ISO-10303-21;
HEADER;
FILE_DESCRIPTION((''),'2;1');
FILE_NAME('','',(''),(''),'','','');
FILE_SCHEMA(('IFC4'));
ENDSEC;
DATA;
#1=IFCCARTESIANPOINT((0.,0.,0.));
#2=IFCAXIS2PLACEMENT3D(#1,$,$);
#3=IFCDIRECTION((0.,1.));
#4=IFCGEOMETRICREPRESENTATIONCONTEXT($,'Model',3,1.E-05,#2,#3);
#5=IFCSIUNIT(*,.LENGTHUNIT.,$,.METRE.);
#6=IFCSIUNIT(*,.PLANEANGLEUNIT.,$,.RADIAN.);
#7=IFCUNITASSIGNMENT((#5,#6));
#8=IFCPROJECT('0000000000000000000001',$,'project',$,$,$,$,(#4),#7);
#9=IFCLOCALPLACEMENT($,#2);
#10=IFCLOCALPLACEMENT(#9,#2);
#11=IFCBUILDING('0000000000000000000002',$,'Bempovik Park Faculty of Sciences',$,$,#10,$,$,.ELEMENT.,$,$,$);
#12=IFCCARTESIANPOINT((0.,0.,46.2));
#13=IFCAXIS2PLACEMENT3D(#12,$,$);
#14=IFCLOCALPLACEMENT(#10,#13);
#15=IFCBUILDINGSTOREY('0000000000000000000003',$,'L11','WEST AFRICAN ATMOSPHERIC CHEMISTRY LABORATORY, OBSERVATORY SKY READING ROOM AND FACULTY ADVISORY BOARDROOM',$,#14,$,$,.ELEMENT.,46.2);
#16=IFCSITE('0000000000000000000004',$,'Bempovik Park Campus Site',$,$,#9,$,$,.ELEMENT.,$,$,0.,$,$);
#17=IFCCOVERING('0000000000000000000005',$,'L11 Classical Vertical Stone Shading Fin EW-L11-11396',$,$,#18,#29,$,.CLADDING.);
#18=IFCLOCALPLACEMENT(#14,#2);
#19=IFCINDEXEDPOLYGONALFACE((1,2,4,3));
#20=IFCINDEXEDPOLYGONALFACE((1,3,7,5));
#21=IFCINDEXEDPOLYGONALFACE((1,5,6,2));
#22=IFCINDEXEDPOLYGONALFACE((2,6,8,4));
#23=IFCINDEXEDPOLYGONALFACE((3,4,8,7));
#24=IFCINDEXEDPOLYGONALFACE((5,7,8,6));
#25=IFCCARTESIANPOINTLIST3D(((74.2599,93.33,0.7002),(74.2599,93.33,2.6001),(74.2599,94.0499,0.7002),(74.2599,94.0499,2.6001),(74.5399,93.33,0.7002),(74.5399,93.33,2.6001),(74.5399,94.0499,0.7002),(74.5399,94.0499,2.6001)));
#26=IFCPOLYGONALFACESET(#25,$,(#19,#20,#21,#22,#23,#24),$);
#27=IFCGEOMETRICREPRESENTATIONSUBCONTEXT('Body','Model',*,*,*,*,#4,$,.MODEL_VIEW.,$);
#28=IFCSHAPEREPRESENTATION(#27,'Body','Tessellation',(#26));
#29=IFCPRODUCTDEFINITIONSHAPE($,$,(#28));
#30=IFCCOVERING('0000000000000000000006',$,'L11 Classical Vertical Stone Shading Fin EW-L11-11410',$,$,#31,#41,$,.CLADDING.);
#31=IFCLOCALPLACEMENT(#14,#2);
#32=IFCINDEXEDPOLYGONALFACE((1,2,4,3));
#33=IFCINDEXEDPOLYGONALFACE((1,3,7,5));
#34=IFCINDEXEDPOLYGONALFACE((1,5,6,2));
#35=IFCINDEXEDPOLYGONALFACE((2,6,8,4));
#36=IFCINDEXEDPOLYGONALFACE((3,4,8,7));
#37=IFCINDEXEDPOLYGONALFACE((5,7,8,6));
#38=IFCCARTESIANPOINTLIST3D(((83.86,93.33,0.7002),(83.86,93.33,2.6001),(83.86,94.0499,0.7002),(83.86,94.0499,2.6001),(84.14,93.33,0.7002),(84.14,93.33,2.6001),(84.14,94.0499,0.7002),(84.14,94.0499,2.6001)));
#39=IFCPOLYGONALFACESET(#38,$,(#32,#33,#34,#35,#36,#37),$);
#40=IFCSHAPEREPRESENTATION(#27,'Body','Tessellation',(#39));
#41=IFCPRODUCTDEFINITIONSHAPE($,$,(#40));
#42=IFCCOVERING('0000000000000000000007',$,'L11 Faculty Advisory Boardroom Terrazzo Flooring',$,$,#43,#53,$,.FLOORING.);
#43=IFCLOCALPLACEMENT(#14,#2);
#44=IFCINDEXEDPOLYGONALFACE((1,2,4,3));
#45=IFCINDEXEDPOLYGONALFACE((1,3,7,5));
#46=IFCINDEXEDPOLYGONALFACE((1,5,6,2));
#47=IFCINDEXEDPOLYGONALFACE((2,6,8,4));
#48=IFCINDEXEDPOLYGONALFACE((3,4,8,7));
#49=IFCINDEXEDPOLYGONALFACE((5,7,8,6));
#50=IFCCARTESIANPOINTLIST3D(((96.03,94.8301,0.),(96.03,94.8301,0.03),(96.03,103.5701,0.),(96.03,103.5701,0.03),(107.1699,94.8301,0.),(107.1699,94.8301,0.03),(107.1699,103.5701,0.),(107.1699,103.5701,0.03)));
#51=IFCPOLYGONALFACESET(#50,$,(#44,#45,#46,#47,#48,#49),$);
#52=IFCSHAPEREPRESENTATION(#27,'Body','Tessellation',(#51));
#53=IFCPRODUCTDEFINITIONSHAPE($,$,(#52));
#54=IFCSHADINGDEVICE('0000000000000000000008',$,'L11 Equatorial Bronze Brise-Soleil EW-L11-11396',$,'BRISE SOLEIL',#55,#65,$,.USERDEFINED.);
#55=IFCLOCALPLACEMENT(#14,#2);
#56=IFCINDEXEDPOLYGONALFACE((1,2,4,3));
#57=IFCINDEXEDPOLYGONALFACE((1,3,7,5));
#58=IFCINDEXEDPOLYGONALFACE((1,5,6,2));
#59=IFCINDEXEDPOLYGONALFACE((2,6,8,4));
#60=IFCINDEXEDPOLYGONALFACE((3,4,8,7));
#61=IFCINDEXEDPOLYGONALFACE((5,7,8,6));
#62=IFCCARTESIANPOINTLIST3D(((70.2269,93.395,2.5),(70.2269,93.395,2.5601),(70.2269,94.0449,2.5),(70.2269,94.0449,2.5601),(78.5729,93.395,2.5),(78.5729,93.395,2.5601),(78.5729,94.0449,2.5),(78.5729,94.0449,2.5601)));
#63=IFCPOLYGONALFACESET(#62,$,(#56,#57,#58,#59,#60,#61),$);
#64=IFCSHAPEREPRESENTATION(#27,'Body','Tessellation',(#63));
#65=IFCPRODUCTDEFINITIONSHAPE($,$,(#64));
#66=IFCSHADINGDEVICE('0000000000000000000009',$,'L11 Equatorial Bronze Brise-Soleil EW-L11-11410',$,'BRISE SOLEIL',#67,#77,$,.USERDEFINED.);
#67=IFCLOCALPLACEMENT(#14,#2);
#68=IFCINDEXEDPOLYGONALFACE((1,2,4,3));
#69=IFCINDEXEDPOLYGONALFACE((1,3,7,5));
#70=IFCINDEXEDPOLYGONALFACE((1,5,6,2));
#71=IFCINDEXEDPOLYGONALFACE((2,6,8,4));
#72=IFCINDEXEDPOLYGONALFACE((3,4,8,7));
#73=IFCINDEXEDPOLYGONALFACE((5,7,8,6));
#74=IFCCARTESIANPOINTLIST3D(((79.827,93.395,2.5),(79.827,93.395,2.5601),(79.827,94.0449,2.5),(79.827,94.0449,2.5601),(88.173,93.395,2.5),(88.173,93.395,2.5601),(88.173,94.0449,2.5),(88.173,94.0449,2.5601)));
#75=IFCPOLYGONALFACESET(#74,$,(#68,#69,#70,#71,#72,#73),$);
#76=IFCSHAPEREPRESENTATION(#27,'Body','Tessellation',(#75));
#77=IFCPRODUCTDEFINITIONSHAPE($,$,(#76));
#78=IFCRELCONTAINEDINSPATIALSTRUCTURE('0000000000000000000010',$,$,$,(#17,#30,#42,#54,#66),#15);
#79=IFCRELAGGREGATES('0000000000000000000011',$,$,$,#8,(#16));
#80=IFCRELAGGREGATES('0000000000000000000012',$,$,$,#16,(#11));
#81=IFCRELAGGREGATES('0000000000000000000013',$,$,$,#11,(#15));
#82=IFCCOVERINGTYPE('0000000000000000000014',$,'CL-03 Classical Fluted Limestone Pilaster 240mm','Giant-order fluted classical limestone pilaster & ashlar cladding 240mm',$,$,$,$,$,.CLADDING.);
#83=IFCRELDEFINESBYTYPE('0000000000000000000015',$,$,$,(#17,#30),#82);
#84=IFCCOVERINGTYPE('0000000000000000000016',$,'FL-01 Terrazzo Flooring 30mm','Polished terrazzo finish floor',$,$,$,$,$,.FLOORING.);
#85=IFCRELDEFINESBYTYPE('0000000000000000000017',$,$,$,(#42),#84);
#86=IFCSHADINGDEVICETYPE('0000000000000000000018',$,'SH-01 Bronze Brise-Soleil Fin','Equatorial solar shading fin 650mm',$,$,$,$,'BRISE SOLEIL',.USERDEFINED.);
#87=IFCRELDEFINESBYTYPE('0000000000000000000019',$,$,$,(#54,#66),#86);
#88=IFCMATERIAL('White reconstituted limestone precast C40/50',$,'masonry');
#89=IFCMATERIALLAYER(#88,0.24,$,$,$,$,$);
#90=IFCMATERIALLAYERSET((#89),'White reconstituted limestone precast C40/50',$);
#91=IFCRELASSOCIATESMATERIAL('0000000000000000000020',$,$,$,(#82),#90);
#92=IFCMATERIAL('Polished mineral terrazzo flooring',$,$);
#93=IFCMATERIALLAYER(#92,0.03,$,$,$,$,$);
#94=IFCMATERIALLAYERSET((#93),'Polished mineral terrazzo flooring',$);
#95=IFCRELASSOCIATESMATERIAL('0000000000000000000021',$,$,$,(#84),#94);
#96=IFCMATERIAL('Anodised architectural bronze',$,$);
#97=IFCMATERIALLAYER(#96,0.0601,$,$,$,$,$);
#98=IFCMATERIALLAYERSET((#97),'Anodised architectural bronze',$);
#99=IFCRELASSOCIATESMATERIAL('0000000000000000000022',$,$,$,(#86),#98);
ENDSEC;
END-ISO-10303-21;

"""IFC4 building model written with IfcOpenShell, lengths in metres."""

from ifc_helpers import new_model, si_unit, direction, frame, origin, origin_2d, place, context, subcontext, project, spatial, polyline, rectangle, outline, extrude, material, layer, layer_set, type_object, element, save


model = new_model("IFC4")

# Units and contexts
model_context = context("Model", 3, precision=1e-05, world=origin(), true_north=direction((0.0, 1.0)))
body_context = subcontext(model_context, "Body", "Model", "MODEL_VIEW")
ifc_project = project(units=[si_unit("LENGTHUNIT", "METRE"), si_unit("PLANEANGLEUNIT", "RADIAN")], contexts=[model_context])

# Site, building, storey
site_placement = place(None, origin())
site = spatial("IfcSite", under=ifc_project, at=site_placement, Name="Bempovik Park Campus Site", CompositionType="ELEMENT", RefElevation=0.0)
building_placement = place(site_placement, origin())
building = spatial("IfcBuilding", under=site, at=building_placement, Name="Bempovik Park Faculty of Sciences", CompositionType="ELEMENT")
storey_placement = place(building_placement, frame((0.0, 0.0, 46.2)))
storey = spatial("IfcBuildingStorey", under=building, at=storey_placement, Name="L11", Description="WEST AFRICAN ATMOSPHERIC CHEMISTRY LABORATORY, OBSERVATORY SKY READING ROOM AND FACULTY ADVISORY BOARDROOM", CompositionType="ELEMENT", Elevation=46.2)

# Coverings
ifc_material_1 = material(Name="White reconstituted limestone precast C40/50", Category="masonry")
ifc_layer_1 = layer(ifc_material_1, 0.24)
ifc_layer_set_1 = layer_set([ifc_layer_1], Name="White reconstituted limestone precast C40/50")
covering_type_1 = type_object("IfcCoveringType", Name="CL-03 Classical Fluted Limestone Pilaster 240mm", Description="Giant-order fluted classical limestone pilaster & ashlar cladding 240mm", PredefinedType="CLADDING", material=ifc_layer_set_1)
for number, where, z_axis, x_axis, name in (
    (1, (74.3999, 93.6899, 0.7002), (0.0, 0.0, 1.0), (1.0, 0.0, 0.0), "L11 Classical Vertical Stone Shading Fin EW-L11-11396"),
    (2, (84.0, 93.6899, 0.7002), (0.0, 0.0, 1.0), (1.0, 0.0, 0.0), "L11 Classical Vertical Stone Shading Fin EW-L11-11410"),
):
    element("IfcCovering", number, at=place(storey_placement, frame(where, z_axis=z_axis, x_axis=x_axis)), inside=storey, type_object=covering_type_1, Name=name, PredefinedType="CLADDING", context=body_context, shape_type="SweptSolid", body=[
        extrude(rectangle(XDim=0.28, YDim=0.72, at=origin_2d()), origin(), (0.0, 0.0, 1.0), 1.8999),
    ])
ifc_material_2 = material(Name="Polished mineral terrazzo flooring")
ifc_layer_2 = layer(ifc_material_2, 0.03)
ifc_layer_set_2 = layer_set([ifc_layer_2], Name="Polished mineral terrazzo flooring")
covering_type_2 = type_object("IfcCoveringType", Name="FL-01 Terrazzo Flooring 30mm", Description="Polished terrazzo finish floor", PredefinedType="FLOORING", material=ifc_layer_set_2)
covering_1_placement = place(storey_placement, origin())
element("IfcCovering", 3, at=covering_1_placement, inside=storey, type_object=covering_type_2, Name="L11 Faculty Advisory Boardroom Terrazzo Flooring", PredefinedType="FLOORING", context=body_context, shape_type="SweptSolid", body=[
    extrude(outline(polyline([(96.03, 94.8301), (107.1699, 94.8301), (107.1699, 103.5701), (96.03, 103.5701), (96.03, 94.8301)])), origin(), (0.0, 0.0, 1.0), 0.03),
])

# Shading devices
ifc_material_3 = material(Name="Anodised architectural bronze")
ifc_layer_3 = layer(ifc_material_3, 0.0601)
ifc_layer_set_3 = layer_set([ifc_layer_3], Name="Anodised architectural bronze")
shading_device_type = type_object("IfcShadingDeviceType", Name="SH-01 Bronze Brise-Soleil Fin", Description="Equatorial solar shading fin 650mm", ElementType="BRISE SOLEIL", PredefinedType="USERDEFINED", material=ifc_layer_set_3)
for number, where, z_axis, x_axis, name in (
    (4, (74.3999, 93.72, 2.5), (0.0, 0.0, 1.0), (1.0, 0.0, 0.0), "L11 Equatorial Bronze Brise-Soleil EW-L11-11396"),
    (5, (84.0, 93.72, 2.5), (0.0, 0.0, 1.0), (1.0, 0.0, 0.0), "L11 Equatorial Bronze Brise-Soleil EW-L11-11410"),
):
    element("IfcShadingDevice", number, at=place(storey_placement, frame(where, z_axis=z_axis, x_axis=x_axis)), inside=storey, type_object=shading_device_type, Name=name, ObjectType="BRISE SOLEIL", PredefinedType="USERDEFINED", context=body_context, shape_type="SweptSolid", body=[
        extrude(rectangle(XDim=8.3459, YDim=0.6499, at=origin_2d()), origin(), (0.0, 0.0, 1.0), 0.0601),
    ])

save(model, "model.ifc")
